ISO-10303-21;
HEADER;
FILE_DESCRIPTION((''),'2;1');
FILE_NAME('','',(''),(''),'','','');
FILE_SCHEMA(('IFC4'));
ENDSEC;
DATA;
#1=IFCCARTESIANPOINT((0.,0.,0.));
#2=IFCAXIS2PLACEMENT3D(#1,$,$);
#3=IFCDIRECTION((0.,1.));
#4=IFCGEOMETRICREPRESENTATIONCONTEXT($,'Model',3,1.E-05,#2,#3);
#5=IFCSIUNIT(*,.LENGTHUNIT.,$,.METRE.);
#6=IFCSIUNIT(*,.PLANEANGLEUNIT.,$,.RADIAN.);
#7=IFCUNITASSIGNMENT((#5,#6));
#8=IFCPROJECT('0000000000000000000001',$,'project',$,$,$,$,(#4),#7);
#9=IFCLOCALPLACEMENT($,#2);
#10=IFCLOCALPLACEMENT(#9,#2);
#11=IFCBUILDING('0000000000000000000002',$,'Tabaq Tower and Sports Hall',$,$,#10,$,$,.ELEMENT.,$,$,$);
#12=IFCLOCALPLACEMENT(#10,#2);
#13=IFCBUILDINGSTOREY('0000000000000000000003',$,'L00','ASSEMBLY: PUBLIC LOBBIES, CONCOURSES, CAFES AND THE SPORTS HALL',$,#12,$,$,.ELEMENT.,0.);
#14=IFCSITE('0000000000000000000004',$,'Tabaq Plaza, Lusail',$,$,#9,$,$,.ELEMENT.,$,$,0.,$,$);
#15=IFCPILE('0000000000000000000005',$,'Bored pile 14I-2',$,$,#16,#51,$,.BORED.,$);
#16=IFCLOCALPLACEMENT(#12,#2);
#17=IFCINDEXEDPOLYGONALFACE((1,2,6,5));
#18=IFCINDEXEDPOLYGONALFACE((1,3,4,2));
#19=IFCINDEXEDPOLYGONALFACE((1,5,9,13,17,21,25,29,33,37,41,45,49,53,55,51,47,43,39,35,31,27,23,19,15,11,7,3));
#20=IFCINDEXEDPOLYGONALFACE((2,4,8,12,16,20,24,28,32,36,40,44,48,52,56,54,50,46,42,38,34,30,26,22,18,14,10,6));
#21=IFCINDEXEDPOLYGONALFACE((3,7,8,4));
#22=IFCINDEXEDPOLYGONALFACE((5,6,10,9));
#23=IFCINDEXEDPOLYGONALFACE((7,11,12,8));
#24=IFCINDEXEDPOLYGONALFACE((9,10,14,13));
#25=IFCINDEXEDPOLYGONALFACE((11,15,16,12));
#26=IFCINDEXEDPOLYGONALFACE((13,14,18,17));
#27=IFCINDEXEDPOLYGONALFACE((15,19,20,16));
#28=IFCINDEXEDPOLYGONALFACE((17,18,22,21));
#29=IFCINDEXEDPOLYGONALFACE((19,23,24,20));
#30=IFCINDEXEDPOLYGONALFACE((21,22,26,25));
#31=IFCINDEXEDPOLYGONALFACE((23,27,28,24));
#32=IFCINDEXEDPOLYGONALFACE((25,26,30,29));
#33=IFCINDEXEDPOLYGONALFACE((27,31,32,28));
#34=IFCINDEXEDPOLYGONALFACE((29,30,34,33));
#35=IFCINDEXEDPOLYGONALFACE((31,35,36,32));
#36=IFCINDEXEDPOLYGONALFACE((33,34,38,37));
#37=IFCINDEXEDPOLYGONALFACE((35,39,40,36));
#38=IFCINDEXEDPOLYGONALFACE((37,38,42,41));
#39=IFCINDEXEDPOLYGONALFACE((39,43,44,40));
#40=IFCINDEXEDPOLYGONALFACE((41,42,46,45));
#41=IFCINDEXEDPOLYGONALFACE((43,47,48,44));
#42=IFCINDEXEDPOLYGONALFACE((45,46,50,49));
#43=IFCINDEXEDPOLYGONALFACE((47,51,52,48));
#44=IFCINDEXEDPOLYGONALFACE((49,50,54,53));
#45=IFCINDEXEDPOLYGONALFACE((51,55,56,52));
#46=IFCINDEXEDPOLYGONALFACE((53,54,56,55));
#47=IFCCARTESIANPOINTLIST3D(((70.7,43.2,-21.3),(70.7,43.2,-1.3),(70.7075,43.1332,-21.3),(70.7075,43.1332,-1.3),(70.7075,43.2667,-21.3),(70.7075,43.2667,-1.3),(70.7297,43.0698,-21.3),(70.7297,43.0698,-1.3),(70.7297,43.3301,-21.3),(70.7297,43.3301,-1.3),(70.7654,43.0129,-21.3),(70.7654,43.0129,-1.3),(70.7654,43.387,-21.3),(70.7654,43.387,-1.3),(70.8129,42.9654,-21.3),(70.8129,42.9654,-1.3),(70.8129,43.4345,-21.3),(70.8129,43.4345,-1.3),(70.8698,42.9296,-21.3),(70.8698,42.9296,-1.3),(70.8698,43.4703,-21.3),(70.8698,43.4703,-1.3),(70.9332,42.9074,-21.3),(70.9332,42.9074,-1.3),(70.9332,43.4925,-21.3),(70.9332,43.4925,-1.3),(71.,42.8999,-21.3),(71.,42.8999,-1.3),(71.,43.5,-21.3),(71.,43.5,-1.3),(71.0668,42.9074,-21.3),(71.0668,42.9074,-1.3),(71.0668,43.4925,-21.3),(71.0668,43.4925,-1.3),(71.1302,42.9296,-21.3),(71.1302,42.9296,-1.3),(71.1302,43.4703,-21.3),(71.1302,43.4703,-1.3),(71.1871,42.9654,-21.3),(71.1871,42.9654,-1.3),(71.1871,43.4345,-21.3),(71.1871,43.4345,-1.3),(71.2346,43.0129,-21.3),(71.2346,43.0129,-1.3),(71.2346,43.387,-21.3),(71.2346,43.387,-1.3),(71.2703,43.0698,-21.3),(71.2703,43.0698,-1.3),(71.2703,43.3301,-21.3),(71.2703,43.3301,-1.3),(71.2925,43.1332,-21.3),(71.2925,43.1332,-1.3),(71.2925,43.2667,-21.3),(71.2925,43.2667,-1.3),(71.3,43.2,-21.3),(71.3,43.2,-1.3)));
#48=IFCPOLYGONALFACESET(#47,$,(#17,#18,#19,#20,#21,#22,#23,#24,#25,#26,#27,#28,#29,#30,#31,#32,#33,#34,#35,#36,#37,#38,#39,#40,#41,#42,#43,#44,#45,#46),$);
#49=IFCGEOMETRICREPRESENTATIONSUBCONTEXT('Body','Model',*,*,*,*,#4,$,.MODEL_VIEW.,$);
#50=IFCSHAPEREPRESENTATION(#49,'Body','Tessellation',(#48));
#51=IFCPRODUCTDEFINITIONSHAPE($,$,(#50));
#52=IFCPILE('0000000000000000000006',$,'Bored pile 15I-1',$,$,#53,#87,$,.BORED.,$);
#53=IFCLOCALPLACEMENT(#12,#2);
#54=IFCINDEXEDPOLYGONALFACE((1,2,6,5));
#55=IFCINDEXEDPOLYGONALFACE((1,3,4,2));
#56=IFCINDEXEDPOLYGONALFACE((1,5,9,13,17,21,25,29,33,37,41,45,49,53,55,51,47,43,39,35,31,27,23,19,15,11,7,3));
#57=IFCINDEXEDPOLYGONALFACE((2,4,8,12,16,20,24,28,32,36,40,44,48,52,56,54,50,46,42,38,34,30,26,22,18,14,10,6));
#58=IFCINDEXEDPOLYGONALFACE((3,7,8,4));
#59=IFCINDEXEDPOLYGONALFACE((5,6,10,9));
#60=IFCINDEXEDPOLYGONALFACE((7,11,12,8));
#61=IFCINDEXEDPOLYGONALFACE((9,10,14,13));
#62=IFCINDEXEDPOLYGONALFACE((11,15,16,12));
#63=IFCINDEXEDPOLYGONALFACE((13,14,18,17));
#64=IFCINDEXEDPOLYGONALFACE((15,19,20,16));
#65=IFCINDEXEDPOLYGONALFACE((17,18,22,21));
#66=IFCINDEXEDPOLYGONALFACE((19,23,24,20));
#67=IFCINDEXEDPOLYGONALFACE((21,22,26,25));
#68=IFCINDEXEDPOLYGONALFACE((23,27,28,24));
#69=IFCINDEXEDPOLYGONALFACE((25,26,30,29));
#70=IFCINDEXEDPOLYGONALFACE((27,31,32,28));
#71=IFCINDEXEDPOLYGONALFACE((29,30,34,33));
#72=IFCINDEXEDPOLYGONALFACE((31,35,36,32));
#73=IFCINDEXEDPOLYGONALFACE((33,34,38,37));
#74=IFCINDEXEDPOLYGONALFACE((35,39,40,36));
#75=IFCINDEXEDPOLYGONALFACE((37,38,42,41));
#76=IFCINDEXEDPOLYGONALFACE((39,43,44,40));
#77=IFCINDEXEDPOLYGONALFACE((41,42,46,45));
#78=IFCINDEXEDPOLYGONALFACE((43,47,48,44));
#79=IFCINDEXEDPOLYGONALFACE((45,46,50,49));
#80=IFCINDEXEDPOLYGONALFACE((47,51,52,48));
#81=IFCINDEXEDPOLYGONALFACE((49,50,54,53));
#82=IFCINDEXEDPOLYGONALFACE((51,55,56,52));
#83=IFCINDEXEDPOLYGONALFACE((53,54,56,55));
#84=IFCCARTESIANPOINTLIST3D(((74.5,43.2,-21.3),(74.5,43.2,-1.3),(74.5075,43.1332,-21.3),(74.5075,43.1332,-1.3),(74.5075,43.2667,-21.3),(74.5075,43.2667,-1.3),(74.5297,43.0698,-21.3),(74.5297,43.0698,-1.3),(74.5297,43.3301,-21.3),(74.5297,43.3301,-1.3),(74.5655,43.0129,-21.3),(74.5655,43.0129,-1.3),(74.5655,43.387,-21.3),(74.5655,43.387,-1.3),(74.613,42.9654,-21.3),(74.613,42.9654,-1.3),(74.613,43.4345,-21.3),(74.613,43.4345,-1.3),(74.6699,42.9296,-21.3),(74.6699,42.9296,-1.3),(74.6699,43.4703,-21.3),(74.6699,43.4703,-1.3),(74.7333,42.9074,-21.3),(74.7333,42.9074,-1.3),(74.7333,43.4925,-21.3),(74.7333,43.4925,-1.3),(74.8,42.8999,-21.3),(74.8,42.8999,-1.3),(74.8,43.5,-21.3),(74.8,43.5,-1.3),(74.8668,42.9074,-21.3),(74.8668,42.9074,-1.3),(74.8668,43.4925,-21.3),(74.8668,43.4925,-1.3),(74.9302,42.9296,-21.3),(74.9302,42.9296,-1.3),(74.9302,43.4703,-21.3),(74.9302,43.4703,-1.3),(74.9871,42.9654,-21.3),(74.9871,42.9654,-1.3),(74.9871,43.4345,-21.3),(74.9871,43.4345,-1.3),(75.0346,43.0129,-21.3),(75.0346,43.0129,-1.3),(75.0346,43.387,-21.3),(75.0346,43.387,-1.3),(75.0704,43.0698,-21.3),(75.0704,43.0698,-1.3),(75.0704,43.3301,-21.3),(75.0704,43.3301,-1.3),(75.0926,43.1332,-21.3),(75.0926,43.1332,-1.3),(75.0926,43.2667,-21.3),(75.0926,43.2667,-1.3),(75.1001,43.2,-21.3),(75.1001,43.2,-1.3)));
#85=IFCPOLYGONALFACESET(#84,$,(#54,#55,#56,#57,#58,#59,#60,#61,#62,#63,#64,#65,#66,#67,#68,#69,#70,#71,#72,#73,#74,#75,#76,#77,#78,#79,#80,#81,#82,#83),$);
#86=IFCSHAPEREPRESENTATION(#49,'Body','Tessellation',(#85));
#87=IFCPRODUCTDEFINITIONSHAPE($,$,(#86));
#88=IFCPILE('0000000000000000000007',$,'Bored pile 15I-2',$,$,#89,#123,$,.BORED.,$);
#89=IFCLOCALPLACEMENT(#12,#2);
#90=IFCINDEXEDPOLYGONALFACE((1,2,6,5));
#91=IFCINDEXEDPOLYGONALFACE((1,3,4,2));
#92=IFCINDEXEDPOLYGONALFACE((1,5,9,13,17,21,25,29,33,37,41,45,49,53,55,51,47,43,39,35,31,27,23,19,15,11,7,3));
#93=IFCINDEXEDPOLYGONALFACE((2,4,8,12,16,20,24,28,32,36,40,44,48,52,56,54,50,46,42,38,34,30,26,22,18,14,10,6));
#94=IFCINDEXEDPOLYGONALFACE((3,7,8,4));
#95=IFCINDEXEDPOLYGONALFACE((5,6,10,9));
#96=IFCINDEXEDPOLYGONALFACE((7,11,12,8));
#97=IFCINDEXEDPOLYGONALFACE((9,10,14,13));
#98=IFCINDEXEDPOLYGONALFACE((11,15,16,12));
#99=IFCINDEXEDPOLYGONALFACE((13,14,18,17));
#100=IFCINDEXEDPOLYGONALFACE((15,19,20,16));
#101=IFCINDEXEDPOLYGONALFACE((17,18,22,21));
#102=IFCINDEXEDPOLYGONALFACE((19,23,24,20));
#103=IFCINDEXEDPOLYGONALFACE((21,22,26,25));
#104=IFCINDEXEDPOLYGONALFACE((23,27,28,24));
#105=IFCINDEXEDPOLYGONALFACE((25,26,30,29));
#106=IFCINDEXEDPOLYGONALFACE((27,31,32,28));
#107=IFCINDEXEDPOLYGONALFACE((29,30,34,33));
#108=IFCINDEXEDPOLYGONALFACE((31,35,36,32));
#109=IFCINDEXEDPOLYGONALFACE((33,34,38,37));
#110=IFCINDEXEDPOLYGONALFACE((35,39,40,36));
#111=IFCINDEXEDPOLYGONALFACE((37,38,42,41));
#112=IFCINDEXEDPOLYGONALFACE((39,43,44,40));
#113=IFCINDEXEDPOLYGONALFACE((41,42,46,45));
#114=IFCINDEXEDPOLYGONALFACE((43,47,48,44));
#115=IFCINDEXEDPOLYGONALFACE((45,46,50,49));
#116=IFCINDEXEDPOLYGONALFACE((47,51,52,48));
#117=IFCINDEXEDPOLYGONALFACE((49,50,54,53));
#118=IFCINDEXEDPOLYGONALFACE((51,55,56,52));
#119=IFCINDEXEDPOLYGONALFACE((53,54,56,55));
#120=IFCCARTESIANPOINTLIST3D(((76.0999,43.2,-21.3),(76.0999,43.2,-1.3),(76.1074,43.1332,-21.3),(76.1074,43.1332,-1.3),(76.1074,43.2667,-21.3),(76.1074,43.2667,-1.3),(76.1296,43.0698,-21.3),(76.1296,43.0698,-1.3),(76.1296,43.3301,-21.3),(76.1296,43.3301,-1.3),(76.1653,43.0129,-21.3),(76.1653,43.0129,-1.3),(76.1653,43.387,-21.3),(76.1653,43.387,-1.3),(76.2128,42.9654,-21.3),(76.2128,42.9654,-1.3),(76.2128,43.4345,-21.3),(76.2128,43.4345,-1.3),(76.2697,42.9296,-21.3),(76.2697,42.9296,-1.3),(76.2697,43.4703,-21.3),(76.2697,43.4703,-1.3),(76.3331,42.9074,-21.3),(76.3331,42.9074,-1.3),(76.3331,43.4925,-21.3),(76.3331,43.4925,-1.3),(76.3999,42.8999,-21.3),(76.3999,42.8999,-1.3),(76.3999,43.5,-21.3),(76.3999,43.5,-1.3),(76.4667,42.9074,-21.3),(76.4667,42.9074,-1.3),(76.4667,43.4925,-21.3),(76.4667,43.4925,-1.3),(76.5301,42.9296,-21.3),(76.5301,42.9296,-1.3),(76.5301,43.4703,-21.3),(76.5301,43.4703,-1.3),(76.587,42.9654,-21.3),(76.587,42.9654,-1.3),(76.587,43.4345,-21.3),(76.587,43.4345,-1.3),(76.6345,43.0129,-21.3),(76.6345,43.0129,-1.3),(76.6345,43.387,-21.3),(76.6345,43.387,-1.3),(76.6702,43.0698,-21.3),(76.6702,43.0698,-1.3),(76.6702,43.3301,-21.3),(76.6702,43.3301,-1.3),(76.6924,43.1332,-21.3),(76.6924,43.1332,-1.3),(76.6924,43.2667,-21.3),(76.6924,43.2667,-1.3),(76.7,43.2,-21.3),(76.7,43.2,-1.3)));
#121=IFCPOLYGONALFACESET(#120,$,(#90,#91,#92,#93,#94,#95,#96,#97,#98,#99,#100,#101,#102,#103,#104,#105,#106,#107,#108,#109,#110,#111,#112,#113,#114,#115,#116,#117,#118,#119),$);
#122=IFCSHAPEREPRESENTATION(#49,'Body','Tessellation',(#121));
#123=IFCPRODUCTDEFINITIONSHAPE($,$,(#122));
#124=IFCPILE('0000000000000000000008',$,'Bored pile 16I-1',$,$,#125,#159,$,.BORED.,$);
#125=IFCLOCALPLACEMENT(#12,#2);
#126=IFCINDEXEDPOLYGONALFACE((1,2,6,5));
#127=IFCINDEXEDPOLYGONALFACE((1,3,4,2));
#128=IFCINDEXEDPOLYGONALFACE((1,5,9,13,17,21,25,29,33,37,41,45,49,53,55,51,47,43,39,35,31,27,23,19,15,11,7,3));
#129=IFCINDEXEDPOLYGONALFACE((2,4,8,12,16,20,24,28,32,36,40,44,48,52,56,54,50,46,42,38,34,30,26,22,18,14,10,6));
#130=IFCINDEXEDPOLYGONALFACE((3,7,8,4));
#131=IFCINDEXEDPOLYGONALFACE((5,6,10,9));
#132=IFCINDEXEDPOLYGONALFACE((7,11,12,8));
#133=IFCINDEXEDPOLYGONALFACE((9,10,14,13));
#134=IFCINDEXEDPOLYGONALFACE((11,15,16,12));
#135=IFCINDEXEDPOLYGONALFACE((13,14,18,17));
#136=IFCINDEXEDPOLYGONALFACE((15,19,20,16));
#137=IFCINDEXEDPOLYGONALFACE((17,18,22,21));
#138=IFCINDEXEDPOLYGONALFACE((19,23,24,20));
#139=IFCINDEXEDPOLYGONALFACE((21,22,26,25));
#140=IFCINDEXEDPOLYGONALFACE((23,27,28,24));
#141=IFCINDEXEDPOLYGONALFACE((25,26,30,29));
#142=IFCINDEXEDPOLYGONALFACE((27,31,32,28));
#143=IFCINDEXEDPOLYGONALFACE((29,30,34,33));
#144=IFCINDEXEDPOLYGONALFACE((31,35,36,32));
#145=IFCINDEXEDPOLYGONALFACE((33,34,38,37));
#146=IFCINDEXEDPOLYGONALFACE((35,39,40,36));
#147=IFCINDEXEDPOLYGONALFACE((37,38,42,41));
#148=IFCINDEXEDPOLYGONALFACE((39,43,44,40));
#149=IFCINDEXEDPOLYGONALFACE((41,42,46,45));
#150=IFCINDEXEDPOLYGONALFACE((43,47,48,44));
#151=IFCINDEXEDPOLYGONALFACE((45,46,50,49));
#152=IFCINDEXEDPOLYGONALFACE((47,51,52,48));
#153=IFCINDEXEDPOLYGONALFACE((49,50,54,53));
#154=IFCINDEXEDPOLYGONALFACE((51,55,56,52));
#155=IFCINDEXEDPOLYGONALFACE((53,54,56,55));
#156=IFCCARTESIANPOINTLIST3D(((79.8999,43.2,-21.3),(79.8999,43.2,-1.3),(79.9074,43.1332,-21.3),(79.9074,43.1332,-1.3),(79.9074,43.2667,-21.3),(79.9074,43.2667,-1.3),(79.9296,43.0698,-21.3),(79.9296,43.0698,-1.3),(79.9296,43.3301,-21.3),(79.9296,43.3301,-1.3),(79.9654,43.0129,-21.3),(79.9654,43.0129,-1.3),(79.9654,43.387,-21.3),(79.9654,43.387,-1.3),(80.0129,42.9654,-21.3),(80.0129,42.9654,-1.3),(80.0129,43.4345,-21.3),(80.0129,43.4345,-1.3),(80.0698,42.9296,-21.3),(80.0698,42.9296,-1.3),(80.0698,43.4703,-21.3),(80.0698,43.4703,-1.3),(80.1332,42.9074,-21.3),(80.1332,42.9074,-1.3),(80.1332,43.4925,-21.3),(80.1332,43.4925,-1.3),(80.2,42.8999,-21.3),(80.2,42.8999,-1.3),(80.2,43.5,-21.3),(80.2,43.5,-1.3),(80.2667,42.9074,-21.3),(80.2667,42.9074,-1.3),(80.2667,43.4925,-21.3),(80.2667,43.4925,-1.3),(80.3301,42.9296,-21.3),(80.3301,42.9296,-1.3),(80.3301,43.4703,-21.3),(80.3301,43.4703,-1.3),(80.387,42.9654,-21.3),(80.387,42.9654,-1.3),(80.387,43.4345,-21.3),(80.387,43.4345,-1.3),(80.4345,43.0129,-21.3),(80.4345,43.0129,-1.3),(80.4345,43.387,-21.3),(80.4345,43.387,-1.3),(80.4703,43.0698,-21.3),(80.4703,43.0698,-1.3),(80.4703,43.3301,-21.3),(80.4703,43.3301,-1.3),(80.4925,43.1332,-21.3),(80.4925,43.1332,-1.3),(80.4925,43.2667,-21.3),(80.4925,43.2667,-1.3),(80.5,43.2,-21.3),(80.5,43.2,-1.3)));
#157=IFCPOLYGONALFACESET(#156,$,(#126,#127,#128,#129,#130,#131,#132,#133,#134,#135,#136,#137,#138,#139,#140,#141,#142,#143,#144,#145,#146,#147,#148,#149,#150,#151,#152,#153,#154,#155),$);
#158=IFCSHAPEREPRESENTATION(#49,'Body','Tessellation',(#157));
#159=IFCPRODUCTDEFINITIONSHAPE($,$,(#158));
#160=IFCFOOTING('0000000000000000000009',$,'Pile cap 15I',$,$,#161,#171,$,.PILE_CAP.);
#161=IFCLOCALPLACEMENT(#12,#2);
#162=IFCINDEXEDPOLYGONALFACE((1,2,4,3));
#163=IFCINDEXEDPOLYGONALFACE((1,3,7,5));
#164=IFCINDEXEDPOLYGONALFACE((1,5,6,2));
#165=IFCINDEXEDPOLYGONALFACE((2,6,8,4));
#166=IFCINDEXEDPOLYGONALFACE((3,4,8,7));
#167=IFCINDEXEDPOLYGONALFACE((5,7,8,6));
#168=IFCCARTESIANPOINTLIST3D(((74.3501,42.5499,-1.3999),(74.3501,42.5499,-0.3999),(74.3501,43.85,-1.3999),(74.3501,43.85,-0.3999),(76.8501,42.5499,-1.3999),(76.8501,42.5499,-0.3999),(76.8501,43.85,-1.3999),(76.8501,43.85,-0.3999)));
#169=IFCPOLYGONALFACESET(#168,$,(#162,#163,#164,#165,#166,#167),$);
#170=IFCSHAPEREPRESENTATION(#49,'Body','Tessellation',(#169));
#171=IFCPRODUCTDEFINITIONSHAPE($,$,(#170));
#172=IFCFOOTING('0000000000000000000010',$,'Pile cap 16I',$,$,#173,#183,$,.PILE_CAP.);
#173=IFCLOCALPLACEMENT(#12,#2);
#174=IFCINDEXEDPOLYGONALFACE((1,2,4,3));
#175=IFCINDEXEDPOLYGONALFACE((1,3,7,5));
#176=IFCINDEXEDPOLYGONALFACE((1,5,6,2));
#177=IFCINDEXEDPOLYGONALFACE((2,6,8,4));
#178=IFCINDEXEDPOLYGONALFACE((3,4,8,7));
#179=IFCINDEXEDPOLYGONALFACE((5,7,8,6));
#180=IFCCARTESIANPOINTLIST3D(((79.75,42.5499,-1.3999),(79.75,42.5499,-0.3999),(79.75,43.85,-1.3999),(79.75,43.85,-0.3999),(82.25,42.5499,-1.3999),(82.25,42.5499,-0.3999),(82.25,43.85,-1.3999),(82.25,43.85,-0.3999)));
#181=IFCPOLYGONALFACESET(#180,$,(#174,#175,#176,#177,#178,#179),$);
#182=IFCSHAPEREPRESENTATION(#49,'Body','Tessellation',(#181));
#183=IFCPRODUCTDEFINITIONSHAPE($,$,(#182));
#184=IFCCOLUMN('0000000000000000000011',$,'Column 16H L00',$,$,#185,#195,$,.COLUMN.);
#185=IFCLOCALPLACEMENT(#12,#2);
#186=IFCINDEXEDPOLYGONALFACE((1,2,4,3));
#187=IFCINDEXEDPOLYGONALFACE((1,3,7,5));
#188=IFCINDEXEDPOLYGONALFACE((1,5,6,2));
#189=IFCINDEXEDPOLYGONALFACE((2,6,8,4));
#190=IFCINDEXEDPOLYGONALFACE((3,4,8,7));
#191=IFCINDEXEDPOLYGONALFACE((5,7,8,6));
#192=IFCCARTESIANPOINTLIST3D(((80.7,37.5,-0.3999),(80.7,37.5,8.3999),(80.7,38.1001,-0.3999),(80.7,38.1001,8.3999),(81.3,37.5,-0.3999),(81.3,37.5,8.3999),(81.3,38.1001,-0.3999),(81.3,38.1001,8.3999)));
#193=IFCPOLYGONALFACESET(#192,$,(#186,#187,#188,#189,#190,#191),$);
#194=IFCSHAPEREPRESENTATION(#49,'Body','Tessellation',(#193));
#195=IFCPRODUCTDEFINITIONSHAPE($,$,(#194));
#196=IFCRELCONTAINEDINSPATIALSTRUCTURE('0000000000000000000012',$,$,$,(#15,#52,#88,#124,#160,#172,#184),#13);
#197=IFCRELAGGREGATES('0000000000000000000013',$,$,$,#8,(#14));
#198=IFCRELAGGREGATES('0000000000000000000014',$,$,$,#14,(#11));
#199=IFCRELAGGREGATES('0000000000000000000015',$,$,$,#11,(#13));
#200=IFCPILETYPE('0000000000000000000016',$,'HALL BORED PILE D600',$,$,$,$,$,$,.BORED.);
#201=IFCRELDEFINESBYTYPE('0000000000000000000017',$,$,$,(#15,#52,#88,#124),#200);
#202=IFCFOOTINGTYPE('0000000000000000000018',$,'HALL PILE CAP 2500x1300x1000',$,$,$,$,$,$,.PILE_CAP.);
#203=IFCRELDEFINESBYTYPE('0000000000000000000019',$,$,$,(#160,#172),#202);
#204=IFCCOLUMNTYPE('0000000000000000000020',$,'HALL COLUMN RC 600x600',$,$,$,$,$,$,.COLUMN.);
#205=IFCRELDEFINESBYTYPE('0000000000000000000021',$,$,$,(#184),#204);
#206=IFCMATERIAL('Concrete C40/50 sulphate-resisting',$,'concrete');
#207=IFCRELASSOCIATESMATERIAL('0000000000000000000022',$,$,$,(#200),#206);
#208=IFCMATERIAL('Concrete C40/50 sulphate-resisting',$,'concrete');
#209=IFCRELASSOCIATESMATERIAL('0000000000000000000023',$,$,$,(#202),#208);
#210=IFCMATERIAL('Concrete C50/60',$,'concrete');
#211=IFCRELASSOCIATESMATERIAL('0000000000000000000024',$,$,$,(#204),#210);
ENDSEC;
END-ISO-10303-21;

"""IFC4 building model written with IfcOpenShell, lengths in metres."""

from ifc_helpers import new_model, si_unit, direction, frame, origin, origin_2d, place, context, subcontext, project, spatial, rectangle, circle, extrude, material, material_profile, profile_set, type_object, element, save


model = new_model("IFC4")

# Units and contexts
model_context = context("Model", 3, precision=1e-05, world=origin(), true_north=direction((0.0, 1.0)))
body_context = subcontext(model_context, "Body", "Model", "MODEL_VIEW")
ifc_project = project(units=[si_unit("LENGTHUNIT", "METRE"), si_unit("PLANEANGLEUNIT", "RADIAN")], contexts=[model_context])

# Site, building, storey
site_placement = place(None, origin())
site = spatial("IfcSite", under=ifc_project, at=site_placement, Name="Tabaq Plaza, Lusail", CompositionType="ELEMENT", RefElevation=0.0)
building_placement = place(site_placement, origin())
building = spatial("IfcBuilding", under=site, at=building_placement, Name="Tabaq Tower and Sports Hall", CompositionType="ELEMENT")
storey_placement = place(building_placement, origin())
storey = spatial("IfcBuildingStorey", under=building, at=storey_placement, Name="L00", Description="ASSEMBLY: PUBLIC LOBBIES, CONCOURSES, CAFES AND THE SPORTS HALL", CompositionType="ELEMENT", Elevation=0.0)

# Piles
ifc_material_1 = material(Name="Concrete C40/50 sulphate-resisting", Category="concrete")
ifc_material_profile_1 = material_profile(ifc_material_1, circle(Radius=0.3, at=origin_2d()), Name="D600")
ifc_profile_set_1 = profile_set([ifc_material_profile_1], Name="Concrete C40/50 sulphate-resisting")
pile_type = type_object("IfcPileType", Name="HALL BORED PILE D600", PredefinedType="BORED", material=ifc_profile_set_1)
for number, where, z_axis, x_axis, name in (
    (1, (71.0, 43.2, -1.3), (0.0, 0.0, -1.0), (1.0, 0.0, 0.0), "Bored pile 14I-2"),
    (2, (74.8, 43.2, -1.3), (0.0, 0.0, -1.0), (1.0, 0.0, 0.0), "Bored pile 15I-1"),
    (3, (76.3999, 43.2, -1.3), (0.0, 0.0, -1.0), (1.0, 0.0, 0.0), "Bored pile 15I-2"),
    (4, (80.2, 43.2, -1.3), (0.0, 0.0, -1.0), (1.0, 0.0, 0.0), "Bored pile 16I-1"),
):
    element("IfcPile", number, at=place(storey_placement, frame(where, z_axis=z_axis, x_axis=x_axis)), inside=storey, type_object=pile_type, Name=name, PredefinedType="BORED", context=body_context, shape_type="SweptSolid", body=[
        extrude(circle(Radius=0.3, at=origin_2d()), origin(), (0.0, 0.0, 1.0), 20.0),
    ])

# Footings
ifc_material_2 = material(Name="Concrete C40/50 sulphate-resisting", Category="concrete")
footing_type = type_object("IfcFootingType", Name="HALL PILE CAP 2500x1300x1000", PredefinedType="PILE_CAP", material=ifc_material_2)
for number, where, z_axis, x_axis, name in (
    (5, (75.6001, 43.2, -1.3999), (0.0, 0.0, 1.0), (1.0, 0.0, 0.0), "Pile cap 15I"),
    (6, (81.0, 43.2, -1.3999), (0.0, 0.0, 1.0), (1.0, 0.0, 0.0), "Pile cap 16I"),
):
    element("IfcFooting", number, at=place(storey_placement, frame(where, z_axis=z_axis, x_axis=x_axis)), inside=storey, type_object=footing_type, Name=name, PredefinedType="PILE_CAP", context=body_context, shape_type="SweptSolid", body=[
        extrude(rectangle(XDim=2.5, YDim=1.3, at=origin_2d()), origin(), (0.0, 0.0, 1.0), 1.0),
    ])

# Column
ifc_material_3 = material(Name="Concrete C50/60", Category="concrete")
ifc_material_profile_2 = material_profile(ifc_material_3, rectangle(XDim=0.6001, YDim=0.6001, at=origin_2d()), Name="RC 600x600")
ifc_profile_set_2 = profile_set([ifc_material_profile_2], Name="Concrete C50/60")
column_type_1 = type_object("IfcColumnType", Name="HALL COLUMN RC 600x600", PredefinedType="COLUMN", material=ifc_profile_set_2)
column_placement = place(storey_placement, frame((81.0, 37.8, -0.3999), z_axis=(0.0, 0.0, 1.0), x_axis=(1.0, 0.0, 0.0)))
element("IfcColumn", 7, at=column_placement, inside=storey, type_object=column_type_1, Name="Column 16H L00", PredefinedType="COLUMN", context=body_context, shape_type="SweptSolid", body=[
    extrude(rectangle(XDim=0.6001, YDim=0.6001, at=origin_2d()), origin(), (0.0, 0.0, 1.0), 8.7998),
])

save(model, "model.ifc")
